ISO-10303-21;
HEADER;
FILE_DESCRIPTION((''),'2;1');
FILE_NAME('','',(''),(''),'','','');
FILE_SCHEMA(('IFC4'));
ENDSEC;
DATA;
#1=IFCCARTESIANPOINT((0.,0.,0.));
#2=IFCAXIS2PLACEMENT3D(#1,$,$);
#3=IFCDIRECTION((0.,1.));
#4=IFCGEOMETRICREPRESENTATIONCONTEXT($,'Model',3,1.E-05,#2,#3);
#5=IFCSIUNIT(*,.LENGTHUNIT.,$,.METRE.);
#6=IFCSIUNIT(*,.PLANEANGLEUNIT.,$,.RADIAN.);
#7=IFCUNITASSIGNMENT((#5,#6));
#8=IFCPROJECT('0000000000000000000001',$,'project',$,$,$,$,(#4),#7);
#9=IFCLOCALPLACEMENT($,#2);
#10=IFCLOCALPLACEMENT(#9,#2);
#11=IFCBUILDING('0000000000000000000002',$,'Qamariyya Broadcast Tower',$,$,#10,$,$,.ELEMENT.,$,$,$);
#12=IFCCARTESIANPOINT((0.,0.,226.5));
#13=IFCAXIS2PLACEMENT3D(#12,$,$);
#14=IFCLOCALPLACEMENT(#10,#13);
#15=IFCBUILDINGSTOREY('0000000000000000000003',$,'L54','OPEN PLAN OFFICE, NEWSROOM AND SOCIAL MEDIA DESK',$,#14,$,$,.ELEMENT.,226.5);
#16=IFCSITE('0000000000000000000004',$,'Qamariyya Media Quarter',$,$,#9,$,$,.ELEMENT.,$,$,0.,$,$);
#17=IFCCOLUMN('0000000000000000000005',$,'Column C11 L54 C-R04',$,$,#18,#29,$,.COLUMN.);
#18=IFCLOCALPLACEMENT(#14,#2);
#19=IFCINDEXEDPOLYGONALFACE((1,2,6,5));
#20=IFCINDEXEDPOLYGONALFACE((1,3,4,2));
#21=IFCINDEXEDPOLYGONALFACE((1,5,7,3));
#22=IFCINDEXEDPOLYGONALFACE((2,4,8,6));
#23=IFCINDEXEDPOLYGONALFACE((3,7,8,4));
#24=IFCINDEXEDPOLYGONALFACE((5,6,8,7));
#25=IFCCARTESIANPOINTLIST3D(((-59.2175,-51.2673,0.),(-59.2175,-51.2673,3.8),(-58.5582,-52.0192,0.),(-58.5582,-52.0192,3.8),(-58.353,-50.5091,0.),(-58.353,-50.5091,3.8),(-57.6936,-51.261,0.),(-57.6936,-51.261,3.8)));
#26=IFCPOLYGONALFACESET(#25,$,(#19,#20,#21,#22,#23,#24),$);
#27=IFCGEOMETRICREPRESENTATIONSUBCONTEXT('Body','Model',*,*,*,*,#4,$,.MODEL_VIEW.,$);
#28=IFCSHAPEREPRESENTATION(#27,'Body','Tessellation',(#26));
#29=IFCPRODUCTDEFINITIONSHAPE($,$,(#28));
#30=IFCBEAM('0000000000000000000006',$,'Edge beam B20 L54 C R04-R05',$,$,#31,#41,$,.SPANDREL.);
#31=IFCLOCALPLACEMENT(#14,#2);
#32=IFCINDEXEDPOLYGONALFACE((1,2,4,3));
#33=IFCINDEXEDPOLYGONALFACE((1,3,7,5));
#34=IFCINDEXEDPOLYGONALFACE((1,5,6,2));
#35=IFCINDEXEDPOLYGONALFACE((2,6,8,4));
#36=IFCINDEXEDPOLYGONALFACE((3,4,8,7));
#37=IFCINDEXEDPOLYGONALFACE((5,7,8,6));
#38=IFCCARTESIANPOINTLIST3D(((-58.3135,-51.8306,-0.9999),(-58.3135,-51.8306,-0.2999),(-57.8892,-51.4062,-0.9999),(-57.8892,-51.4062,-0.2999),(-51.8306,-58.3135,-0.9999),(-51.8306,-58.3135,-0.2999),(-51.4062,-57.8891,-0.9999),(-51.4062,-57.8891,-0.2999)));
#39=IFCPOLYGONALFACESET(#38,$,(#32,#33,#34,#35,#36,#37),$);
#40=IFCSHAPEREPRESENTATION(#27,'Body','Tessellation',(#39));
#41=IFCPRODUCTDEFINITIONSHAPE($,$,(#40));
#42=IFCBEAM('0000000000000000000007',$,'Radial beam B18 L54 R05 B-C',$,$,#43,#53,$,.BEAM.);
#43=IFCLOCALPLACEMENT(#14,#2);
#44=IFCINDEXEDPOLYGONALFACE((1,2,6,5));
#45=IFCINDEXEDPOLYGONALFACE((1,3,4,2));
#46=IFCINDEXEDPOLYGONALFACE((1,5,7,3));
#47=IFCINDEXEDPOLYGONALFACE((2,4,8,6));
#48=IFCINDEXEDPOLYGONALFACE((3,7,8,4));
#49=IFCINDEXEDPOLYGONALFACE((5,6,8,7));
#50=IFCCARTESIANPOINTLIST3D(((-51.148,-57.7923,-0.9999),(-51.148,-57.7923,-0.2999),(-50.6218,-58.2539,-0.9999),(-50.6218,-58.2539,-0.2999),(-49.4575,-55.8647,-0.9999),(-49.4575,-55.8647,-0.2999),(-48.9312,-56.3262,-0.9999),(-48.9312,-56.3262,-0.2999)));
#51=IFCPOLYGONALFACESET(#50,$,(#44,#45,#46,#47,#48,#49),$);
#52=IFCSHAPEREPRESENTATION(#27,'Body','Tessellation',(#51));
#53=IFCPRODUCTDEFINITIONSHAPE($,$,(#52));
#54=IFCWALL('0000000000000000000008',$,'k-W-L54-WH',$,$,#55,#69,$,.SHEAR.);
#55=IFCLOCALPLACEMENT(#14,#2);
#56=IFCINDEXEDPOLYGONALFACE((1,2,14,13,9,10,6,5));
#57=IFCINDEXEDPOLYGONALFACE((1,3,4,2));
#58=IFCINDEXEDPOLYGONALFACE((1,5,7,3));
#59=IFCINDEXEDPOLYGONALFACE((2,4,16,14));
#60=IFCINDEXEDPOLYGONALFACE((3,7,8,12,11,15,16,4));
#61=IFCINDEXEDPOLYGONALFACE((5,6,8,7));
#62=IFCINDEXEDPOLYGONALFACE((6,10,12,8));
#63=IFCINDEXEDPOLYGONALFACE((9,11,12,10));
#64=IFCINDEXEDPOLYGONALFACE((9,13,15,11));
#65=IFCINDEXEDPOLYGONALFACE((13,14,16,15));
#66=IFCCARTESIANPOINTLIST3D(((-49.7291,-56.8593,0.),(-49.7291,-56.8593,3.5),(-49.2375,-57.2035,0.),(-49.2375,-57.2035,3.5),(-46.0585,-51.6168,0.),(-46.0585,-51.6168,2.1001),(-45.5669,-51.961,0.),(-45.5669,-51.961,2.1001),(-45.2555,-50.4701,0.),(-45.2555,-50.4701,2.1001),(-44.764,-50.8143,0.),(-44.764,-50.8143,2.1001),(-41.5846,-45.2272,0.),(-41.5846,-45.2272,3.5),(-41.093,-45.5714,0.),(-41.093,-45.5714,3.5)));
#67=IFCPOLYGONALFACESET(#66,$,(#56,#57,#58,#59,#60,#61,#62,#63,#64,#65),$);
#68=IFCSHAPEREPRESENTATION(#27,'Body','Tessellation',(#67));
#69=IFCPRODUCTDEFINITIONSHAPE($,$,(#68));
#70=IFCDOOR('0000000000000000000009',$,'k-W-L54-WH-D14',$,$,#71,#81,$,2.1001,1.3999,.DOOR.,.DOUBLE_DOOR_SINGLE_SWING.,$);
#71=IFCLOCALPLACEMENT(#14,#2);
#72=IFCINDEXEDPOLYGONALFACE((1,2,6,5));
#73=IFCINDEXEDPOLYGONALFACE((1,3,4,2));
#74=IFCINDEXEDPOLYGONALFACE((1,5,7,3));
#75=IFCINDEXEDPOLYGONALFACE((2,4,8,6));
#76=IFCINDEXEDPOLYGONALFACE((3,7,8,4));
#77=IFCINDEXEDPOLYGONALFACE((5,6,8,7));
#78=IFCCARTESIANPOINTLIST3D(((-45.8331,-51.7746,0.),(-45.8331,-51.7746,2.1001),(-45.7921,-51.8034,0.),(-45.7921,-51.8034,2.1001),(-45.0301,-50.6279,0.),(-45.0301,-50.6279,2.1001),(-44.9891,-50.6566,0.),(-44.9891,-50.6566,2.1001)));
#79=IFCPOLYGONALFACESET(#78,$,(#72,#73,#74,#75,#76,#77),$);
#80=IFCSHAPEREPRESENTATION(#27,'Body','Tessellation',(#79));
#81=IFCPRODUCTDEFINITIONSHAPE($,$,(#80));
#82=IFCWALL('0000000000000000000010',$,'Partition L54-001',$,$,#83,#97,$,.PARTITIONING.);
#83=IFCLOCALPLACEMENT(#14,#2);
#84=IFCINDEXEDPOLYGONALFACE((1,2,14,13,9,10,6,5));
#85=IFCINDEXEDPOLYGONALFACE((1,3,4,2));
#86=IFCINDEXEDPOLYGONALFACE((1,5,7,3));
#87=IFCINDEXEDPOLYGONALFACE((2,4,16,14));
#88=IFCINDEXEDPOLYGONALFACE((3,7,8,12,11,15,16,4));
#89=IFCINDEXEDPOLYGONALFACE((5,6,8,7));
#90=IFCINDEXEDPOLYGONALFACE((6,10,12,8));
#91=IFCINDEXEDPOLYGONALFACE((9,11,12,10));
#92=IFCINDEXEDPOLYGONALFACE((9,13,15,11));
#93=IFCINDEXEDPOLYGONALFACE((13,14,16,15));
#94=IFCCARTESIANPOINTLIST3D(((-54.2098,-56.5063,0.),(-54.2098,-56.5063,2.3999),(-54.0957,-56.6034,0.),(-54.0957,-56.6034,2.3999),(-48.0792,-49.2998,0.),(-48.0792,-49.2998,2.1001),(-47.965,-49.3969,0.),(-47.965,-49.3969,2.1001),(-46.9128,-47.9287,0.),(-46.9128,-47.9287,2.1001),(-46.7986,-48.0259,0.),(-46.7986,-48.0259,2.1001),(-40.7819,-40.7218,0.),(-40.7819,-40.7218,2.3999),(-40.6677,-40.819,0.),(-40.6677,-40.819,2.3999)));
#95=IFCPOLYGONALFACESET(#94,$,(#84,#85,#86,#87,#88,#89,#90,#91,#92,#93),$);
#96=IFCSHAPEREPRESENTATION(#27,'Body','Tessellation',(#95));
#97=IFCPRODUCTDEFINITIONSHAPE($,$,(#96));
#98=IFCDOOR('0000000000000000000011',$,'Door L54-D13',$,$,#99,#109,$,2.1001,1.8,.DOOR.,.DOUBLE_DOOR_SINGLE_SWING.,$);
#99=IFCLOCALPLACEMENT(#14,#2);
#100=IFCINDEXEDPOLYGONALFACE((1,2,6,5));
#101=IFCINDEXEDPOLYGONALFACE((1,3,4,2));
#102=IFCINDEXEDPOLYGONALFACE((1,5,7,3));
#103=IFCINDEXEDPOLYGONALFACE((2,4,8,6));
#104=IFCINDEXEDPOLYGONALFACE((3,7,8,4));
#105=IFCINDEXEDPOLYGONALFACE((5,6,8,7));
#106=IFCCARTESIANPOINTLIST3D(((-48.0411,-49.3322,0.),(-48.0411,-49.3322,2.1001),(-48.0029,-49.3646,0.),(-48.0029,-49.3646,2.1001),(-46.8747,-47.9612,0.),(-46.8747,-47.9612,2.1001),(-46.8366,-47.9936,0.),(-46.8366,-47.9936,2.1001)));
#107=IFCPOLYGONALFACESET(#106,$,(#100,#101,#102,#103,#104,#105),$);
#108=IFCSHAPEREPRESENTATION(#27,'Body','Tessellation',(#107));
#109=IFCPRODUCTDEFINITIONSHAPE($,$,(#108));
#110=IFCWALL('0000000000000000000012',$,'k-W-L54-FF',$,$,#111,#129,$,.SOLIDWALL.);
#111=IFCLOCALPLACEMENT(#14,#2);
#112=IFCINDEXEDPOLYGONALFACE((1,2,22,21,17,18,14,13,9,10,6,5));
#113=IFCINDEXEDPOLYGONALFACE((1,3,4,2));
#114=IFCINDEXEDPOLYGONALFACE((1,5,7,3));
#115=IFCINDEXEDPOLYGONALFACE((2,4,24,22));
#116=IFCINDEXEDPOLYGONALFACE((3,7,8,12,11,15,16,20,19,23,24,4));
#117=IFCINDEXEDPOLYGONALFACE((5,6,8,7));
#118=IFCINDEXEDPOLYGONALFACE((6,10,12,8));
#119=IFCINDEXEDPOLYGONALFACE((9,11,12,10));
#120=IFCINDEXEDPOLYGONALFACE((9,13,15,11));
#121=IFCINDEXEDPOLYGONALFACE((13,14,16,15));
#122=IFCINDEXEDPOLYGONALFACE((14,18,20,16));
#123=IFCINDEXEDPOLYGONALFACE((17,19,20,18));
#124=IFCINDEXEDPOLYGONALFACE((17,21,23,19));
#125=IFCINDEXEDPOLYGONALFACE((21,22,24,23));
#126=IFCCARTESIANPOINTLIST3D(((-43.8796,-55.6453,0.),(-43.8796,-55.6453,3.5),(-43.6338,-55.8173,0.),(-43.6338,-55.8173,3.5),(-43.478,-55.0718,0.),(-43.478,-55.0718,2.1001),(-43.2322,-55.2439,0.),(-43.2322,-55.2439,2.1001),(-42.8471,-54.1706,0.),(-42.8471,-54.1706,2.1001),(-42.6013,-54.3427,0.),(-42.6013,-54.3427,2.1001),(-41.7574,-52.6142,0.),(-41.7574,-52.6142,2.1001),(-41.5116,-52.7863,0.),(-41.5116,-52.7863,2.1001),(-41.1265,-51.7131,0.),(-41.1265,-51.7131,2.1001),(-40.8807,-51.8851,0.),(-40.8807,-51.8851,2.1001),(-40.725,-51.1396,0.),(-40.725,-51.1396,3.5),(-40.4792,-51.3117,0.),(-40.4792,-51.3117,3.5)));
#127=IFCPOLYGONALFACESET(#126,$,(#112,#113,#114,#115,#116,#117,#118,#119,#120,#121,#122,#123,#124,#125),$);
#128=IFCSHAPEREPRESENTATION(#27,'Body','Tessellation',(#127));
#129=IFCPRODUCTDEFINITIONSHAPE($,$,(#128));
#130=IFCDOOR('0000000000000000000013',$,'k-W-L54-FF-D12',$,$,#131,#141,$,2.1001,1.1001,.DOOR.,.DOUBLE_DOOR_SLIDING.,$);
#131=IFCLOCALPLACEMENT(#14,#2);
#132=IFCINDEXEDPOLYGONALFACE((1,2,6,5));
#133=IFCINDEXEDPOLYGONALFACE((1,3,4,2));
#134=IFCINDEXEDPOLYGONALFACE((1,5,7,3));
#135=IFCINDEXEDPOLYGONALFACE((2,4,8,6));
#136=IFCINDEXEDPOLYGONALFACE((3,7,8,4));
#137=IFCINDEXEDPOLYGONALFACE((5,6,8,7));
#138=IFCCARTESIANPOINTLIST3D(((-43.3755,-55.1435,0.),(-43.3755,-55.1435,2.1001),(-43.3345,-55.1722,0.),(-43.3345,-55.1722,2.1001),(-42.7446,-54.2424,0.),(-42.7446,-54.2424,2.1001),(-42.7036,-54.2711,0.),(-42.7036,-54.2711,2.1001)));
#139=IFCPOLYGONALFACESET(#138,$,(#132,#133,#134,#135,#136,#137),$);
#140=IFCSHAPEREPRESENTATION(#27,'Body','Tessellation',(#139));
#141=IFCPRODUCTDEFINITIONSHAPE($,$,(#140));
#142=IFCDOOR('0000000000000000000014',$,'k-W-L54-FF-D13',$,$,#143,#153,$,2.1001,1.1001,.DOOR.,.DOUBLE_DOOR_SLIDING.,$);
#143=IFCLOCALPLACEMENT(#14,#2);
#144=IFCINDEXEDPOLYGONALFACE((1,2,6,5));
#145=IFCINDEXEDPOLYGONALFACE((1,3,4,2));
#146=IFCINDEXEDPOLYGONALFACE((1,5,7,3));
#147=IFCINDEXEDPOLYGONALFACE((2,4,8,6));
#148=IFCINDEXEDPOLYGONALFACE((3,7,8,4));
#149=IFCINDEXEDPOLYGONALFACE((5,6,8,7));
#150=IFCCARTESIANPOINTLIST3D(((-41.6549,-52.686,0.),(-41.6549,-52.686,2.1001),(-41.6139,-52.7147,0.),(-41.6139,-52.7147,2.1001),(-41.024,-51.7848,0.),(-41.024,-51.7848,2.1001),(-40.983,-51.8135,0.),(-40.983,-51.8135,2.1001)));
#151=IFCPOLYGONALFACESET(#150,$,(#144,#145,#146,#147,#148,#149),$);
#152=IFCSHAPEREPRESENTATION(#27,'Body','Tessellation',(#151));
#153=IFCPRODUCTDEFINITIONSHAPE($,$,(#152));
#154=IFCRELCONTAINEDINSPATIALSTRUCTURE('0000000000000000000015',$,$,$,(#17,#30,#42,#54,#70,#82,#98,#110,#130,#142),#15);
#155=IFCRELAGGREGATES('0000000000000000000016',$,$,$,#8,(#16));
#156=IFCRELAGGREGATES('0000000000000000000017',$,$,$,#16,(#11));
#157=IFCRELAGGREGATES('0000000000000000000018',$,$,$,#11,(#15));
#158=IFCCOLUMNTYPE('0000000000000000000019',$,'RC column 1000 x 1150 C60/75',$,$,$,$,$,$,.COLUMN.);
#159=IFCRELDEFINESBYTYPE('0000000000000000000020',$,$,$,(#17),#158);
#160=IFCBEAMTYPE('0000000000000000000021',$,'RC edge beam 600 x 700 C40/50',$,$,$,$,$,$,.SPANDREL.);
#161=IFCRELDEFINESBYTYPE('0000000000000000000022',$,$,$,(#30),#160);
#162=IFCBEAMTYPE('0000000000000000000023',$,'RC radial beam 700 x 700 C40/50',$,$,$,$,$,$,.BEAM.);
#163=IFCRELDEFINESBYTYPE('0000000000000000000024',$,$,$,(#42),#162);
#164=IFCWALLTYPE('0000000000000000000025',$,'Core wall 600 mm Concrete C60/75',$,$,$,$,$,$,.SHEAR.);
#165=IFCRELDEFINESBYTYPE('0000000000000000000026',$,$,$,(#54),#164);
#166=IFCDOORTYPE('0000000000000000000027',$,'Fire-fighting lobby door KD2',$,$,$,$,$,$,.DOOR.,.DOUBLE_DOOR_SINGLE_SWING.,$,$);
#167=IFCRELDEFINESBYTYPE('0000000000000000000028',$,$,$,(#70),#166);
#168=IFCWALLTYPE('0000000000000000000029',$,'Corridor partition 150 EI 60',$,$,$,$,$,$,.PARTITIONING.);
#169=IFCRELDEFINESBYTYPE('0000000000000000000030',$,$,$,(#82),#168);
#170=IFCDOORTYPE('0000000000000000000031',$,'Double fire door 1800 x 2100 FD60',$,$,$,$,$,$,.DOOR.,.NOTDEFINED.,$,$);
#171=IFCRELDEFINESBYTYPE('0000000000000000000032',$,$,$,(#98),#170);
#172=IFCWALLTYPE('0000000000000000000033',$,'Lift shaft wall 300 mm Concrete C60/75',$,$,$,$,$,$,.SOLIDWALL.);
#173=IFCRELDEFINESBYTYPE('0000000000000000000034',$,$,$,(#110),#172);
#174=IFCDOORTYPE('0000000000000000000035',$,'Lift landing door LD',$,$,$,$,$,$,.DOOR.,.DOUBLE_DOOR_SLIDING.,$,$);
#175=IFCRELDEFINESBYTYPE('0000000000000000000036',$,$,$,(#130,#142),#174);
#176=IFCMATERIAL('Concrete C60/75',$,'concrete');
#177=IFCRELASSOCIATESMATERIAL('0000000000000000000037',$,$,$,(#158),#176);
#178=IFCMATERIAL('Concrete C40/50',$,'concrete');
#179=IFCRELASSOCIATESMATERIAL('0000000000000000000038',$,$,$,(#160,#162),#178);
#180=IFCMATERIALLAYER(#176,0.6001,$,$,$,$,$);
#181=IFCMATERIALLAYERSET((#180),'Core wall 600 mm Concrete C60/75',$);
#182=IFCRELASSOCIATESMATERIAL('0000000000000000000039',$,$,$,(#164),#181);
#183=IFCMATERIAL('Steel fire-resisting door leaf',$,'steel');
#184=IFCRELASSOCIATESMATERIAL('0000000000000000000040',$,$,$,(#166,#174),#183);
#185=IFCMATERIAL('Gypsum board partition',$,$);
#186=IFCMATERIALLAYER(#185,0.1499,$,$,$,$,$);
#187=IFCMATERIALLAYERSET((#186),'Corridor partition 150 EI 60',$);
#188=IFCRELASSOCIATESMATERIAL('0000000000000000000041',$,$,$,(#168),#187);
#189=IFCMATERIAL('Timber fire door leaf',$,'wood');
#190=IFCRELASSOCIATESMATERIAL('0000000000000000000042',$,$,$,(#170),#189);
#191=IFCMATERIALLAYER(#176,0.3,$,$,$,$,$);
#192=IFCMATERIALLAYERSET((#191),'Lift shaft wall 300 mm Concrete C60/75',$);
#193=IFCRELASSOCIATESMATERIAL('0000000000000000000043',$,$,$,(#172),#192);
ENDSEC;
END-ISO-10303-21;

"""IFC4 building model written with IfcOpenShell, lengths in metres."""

from ifc_helpers import new_model, si_unit, direction, frame, frame_2d, origin, origin_2d, place, context, subcontext, project, spatial, rectangle, extrude, material, layer, layer_set, material_profile, profile_set, type_object, element, fill, save


model = new_model("IFC4")

# Units and contexts
model_context = context("Model", 3, precision=1e-05, world=origin(), true_north=direction((0.0, 1.0)))
body_context = subcontext(model_context, "Body", "Model", "MODEL_VIEW")
ifc_project = project(units=[si_unit("LENGTHUNIT", "METRE"), si_unit("PLANEANGLEUNIT", "RADIAN")], contexts=[model_context])

# Site, building, storey
site_placement = place(None, origin())
site = spatial("IfcSite", under=ifc_project, at=site_placement, Name="Qamariyya Media Quarter", CompositionType="ELEMENT", RefElevation=0.0)
building_placement = place(site_placement, origin())
building = spatial("IfcBuilding", under=site, at=building_placement, Name="Qamariyya Broadcast Tower", CompositionType="ELEMENT")
storey_placement = place(building_placement, frame((0.0, 0.0, 226.5)))
storey = spatial("IfcBuildingStorey", under=building, at=storey_placement, Name="L54", Description="OPEN PLAN OFFICE, NEWSROOM AND SOCIAL MEDIA DESK", CompositionType="ELEMENT", Elevation=226.5)

# Column
ifc_material_1 = material(Name="Concrete C60/75", Category="concrete")
ifc_material_profile_1 = material_profile(ifc_material_1, rectangle(XDim=1.0, YDim=1.1499, at=origin_2d()))
ifc_profile_set_1 = profile_set([ifc_material_profile_1], Name="Concrete C60/75")
column_type = type_object("IfcColumnType", Name="RC column 1000 x 1150 C60/75", PredefinedType="COLUMN", material=ifc_profile_set_1)
column_placement = place(storey_placement, frame((-58.4556, -51.2642, 0.0), z_axis=(0.0, 0.0, 1.0), x_axis=(0.659346, -0.75184, 0.0)))
element("IfcColumn", 1, at=column_placement, inside=storey, type_object=column_type, Name="Column C11 L54 C-R04", PredefinedType="COLUMN", context=body_context, shape_type="SweptSolid", body=[
    extrude(rectangle(XDim=1.0, YDim=1.1499, at=origin_2d()), origin(), (0.0, 0.0, 1.0), 3.8),
])

# Beams
ifc_material_2 = material(Name="Concrete C40/50", Category="concrete")
ifc_material_profile_2 = material_profile(ifc_material_2, rectangle(XDim=0.6001, YDim=0.7, at=origin_2d()))
ifc_profile_set_2 = profile_set([ifc_material_profile_2], Name="Concrete C40/50")
beam_type_1 = type_object("IfcBeamType", Name="RC edge beam 600 x 700 C40/50", PredefinedType="SPANDREL", material=ifc_profile_set_2)
beam_1_placement = place(storey_placement, frame((-58.1013, -51.6184, -0.6499), z_axis=(0.707107, -0.707107, 0.0), x_axis=(0.707107, 0.707107, 0.0)))
element("IfcBeam", 2, at=beam_1_placement, inside=storey, type_object=beam_type_1, Name="Edge beam B20 L54 C R04-R05", PredefinedType="SPANDREL", context=body_context, shape_type="SweptSolid", body=[
    extrude(rectangle(XDim=0.6001, YDim=0.7, at=origin_2d()), origin(), (0.0, 0.0, 1.0), 9.1682),
])
ifc_material_profile_3 = material_profile(ifc_material_2, rectangle(XDim=0.7, YDim=0.7, at=origin_2d()))
ifc_profile_set_3 = profile_set([ifc_material_profile_3], Name="Concrete C40/50")
beam_type_2 = type_object("IfcBeamType", Name="RC radial beam 700 x 700 C40/50", PredefinedType="BEAM", material=ifc_profile_set_3)
beam_2_placement = place(storey_placement, frame((-49.1943, -56.0955, -0.6499), z_axis=(-0.659367, -0.751821, 0.0), x_axis=(0.751821, -0.659367, 0.0)))
element("IfcBeam", 3, at=beam_2_placement, inside=storey, type_object=beam_type_2, Name="Radial beam B18 L54 R05 B-C", PredefinedType="BEAM", context=body_context, shape_type="SweptSolid", body=[
    extrude(rectangle(XDim=0.7, YDim=0.7, at=origin_2d()), origin(), (0.0, 0.0, 1.0), 2.564),
])

# Walls, openings, doors
ifc_layer_1 = layer(ifc_material_1, 0.6001)
ifc_layer_set_1 = layer_set([ifc_layer_1], Name="Core wall 600 mm Concrete C60/75")
wall_type_1 = type_object("IfcWallType", Name="Core wall 600 mm Concrete C60/75", PredefinedType="SHEAR", material=ifc_layer_set_1)
wall_1_placement = place(storey_placement, frame((-49.4834, -57.0315, 0.0), z_axis=(0.0, 0.0, 1.0), x_axis=(0.57356, 0.819163, 0.0)))
wall_1 = element("IfcWall", 4, at=wall_1_placement, inside=storey, type_object=wall_type_1, Name="k-W-L54-WH", PredefinedType="SHEAR", context=body_context, shape_type="SweptSolid", body=[
    extrude(rectangle(XDim=14.2, YDim=0.6001, at=frame_2d((7.1001, 0.0))), origin(), (0.0, 0.0, 1.0), 3.5),
])
opening_1_placement = place(wall_1_placement, frame((6.3999, 0.0, 0.0)))
opening_1 = element("IfcOpeningElement", 5, at=opening_1_placement, cuts=wall_1, PredefinedType="OPENING", context=body_context, shape_type="SweptSolid", body=[
    extrude(rectangle(XDim=1.3999, YDim=2.1001, at=frame_2d((0.7, 1.05))), frame((0.0, 0.3101, 0.0), z_axis=(0.0, -1.0, 0.0), x_axis=(1.0, 0.0, 0.0)), (0.0, 0.0, 1.0), 0.6201),
])
ifc_material_3 = material(Name="Steel fire-resisting door leaf", Category="steel")
door_type_1 = type_object("IfcDoorType", Name="Fire-fighting lobby door KD2", OperationType="DOUBLE_DOOR_SINGLE_SWING", PredefinedType="DOOR", material=ifc_material_3)
door_1_placement = place(opening_1_placement, origin())
door_1 = element("IfcDoor", 6, at=door_1_placement, inside=storey, type_object=door_type_1, Name="k-W-L54-WH-D14", OperationType="DOUBLE_DOOR_SINGLE_SWING", OverallHeight=2.1001, OverallWidth=1.3999, PredefinedType="DOOR", context=body_context, shape_type="SweptSolid", body=[
    extrude(rectangle(XDim=1.3999, YDim=2.1001, at=frame_2d((0.7, 1.05))), frame((0.0, 0.0249, 0.0), z_axis=(0.0, -1.0, 0.0), x_axis=(1.0, 0.0, 0.0)), (0.0, 0.0, 1.0), 0.05),
])
fill(opening_1, door_1)
ifc_material_4 = material(Name="Gypsum board partition")
ifc_layer_2 = layer(ifc_material_4, 0.1499)
ifc_layer_set_2 = layer_set([ifc_layer_2], Name="Corridor partition 150 EI 60")
wall_type_2 = type_object("IfcWallType", Name="Corridor partition 150 EI 60", PredefinedType="PARTITIONING", material=ifc_layer_set_2)
wall_2_placement = place(storey_placement, frame((-54.1528, -56.5549, 0.0), z_axis=(0.0, 0.0, 1.0), x_axis=(0.647963, 0.761672, 0.0)))
wall_2 = element("IfcWall", 7, at=wall_2_placement, inside=storey, type_object=wall_type_2, Name="Partition L54-001", PredefinedType="PARTITIONING", context=body_context, shape_type="SweptSolid", body=[
    extrude(rectangle(XDim=20.7234, YDim=0.1499, at=frame_2d((10.3618, 0.0))), origin(), (0.0, 0.0, 1.0), 2.3999),
])
opening_2_placement = place(wall_2_placement, frame((9.4617, 0.0, 0.0)))
opening_2 = element("IfcOpeningElement", 8, at=opening_2_placement, cuts=wall_2, PredefinedType="OPENING", context=body_context, shape_type="SweptSolid", body=[
    extrude(rectangle(XDim=1.8, YDim=2.1001, at=frame_2d((0.8999, 1.05))), frame((0.0, 0.085, 0.0), z_axis=(0.0, -1.0, 0.0), x_axis=(1.0, 0.0, 0.0)), (0.0, 0.0, 1.0), 0.1699),
])
ifc_material_5 = material(Name="Timber fire door leaf", Category="wood")
door_type_2 = type_object("IfcDoorType", Name="Double fire door 1800 x 2100 FD60", OperationType="NOTDEFINED", PredefinedType="DOOR", material=ifc_material_5)
door_2_placement = place(opening_2_placement, origin())
door_2 = element("IfcDoor", 9, at=door_2_placement, inside=storey, type_object=door_type_2, Name="Door L54-D13", OperationType="DOUBLE_DOOR_SINGLE_SWING", OverallHeight=2.1001, OverallWidth=1.8, PredefinedType="DOOR", context=body_context, shape_type="SweptSolid", body=[
    extrude(rectangle(XDim=1.8, YDim=2.1001, at=frame_2d((0.8999, 1.05))), frame((0.0, 0.0249, 0.0), z_axis=(0.0, -1.0, 0.0), x_axis=(1.0, 0.0, 0.0)), (0.0, 0.0, 1.0), 0.05),
])
fill(opening_2, door_2)

# Wall, openings, doors
ifc_layer_3 = layer(ifc_material_1, 0.3)
ifc_layer_set_3 = layer_set([ifc_layer_3], Name="Lift shaft wall 300 mm Concrete C60/75")
wall_type_3 = type_object("IfcWallType", Name="Lift shaft wall 300 mm Concrete C60/75", PredefinedType="SOLIDWALL", material=ifc_layer_set_3)
wall_3_placement = place(storey_placement, frame((-43.7566, -55.7312, 0.0), z_axis=(0.0, 0.0, 1.0), x_axis=(0.573537, 0.81918, 0.0)))
wall_3 = element("IfcWall", 10, at=wall_3_placement, inside=storey, type_object=wall_type_3, Name="k-W-L54-FF", PredefinedType="SOLIDWALL", context=body_context, shape_type="SweptSolid", body=[
    extrude(rectangle(XDim=5.5002, YDim=0.3, at=frame_2d((2.75, 0.0))), origin(), (0.0, 0.0, 1.0), 3.5),
])
opening_3_placement = place(wall_3_placement, frame((0.7, 0.0, 0.0)))
opening_3 = element("IfcOpeningElement", 11, at=opening_3_placement, cuts=wall_3, PredefinedType="OPENING", context=body_context, shape_type="SweptSolid", body=[
    extrude(rectangle(XDim=1.1001, YDim=2.1001, at=frame_2d((0.55, 1.05))), frame((0.0, 0.1599, 0.0), z_axis=(0.0, -1.0, 0.0), x_axis=(1.0, 0.0, 0.0)), (0.0, 0.0, 1.0), 0.3201),
])
opening_4_placement = place(wall_3_placement, frame((3.7, 0.0, 0.0)))
opening_4 = element("IfcOpeningElement", 12, at=opening_4_placement, cuts=wall_3, PredefinedType="OPENING", context=body_context, shape_type="SweptSolid", body=[
    extrude(rectangle(XDim=1.1001, YDim=2.1001, at=frame_2d((0.55, 1.05))), frame((0.0, 0.1599, 0.0), z_axis=(0.0, -1.0, 0.0), x_axis=(1.0, 0.0, 0.0)), (0.0, 0.0, 1.0), 0.3201),
])
door_type_3 = type_object("IfcDoorType", Name="Lift landing door LD", OperationType="DOUBLE_DOOR_SLIDING", PredefinedType="DOOR", material=ifc_material_3)
door_3_placement = place(opening_3_placement, origin())
door_3 = element("IfcDoor", 13, at=door_3_placement, inside=storey, type_object=door_type_3, Name="k-W-L54-FF-D12", OperationType="DOUBLE_DOOR_SLIDING", OverallHeight=2.1001, OverallWidth=1.1001, PredefinedType="DOOR", context=body_context, shape_type="SweptSolid", body=[
    extrude(rectangle(XDim=1.1001, YDim=2.1001, at=frame_2d((0.55, 1.05))), frame((0.0, 0.0249, 0.0), z_axis=(0.0, -1.0, 0.0), x_axis=(1.0, 0.0, 0.0)), (0.0, 0.0, 1.0), 0.05),
])
fill(opening_3, door_3)
door_4_placement = place(opening_4_placement, origin())
door_4 = element("IfcDoor", 14, at=door_4_placement, inside=storey, type_object=door_type_3, Name="k-W-L54-FF-D13", OperationType="DOUBLE_DOOR_SLIDING", OverallHeight=2.1001, OverallWidth=1.1001, PredefinedType="DOOR", context=body_context, shape_type="SweptSolid", body=[
    extrude(rectangle(XDim=1.1001, YDim=2.1001, at=frame_2d((0.55, 1.05))), frame((0.0, 0.0249, 0.0), z_axis=(0.0, -1.0, 0.0), x_axis=(1.0, 0.0, 0.0)), (0.0, 0.0, 1.0), 0.05),
])
fill(opening_4, door_4)

save(model, "model.ifc")
